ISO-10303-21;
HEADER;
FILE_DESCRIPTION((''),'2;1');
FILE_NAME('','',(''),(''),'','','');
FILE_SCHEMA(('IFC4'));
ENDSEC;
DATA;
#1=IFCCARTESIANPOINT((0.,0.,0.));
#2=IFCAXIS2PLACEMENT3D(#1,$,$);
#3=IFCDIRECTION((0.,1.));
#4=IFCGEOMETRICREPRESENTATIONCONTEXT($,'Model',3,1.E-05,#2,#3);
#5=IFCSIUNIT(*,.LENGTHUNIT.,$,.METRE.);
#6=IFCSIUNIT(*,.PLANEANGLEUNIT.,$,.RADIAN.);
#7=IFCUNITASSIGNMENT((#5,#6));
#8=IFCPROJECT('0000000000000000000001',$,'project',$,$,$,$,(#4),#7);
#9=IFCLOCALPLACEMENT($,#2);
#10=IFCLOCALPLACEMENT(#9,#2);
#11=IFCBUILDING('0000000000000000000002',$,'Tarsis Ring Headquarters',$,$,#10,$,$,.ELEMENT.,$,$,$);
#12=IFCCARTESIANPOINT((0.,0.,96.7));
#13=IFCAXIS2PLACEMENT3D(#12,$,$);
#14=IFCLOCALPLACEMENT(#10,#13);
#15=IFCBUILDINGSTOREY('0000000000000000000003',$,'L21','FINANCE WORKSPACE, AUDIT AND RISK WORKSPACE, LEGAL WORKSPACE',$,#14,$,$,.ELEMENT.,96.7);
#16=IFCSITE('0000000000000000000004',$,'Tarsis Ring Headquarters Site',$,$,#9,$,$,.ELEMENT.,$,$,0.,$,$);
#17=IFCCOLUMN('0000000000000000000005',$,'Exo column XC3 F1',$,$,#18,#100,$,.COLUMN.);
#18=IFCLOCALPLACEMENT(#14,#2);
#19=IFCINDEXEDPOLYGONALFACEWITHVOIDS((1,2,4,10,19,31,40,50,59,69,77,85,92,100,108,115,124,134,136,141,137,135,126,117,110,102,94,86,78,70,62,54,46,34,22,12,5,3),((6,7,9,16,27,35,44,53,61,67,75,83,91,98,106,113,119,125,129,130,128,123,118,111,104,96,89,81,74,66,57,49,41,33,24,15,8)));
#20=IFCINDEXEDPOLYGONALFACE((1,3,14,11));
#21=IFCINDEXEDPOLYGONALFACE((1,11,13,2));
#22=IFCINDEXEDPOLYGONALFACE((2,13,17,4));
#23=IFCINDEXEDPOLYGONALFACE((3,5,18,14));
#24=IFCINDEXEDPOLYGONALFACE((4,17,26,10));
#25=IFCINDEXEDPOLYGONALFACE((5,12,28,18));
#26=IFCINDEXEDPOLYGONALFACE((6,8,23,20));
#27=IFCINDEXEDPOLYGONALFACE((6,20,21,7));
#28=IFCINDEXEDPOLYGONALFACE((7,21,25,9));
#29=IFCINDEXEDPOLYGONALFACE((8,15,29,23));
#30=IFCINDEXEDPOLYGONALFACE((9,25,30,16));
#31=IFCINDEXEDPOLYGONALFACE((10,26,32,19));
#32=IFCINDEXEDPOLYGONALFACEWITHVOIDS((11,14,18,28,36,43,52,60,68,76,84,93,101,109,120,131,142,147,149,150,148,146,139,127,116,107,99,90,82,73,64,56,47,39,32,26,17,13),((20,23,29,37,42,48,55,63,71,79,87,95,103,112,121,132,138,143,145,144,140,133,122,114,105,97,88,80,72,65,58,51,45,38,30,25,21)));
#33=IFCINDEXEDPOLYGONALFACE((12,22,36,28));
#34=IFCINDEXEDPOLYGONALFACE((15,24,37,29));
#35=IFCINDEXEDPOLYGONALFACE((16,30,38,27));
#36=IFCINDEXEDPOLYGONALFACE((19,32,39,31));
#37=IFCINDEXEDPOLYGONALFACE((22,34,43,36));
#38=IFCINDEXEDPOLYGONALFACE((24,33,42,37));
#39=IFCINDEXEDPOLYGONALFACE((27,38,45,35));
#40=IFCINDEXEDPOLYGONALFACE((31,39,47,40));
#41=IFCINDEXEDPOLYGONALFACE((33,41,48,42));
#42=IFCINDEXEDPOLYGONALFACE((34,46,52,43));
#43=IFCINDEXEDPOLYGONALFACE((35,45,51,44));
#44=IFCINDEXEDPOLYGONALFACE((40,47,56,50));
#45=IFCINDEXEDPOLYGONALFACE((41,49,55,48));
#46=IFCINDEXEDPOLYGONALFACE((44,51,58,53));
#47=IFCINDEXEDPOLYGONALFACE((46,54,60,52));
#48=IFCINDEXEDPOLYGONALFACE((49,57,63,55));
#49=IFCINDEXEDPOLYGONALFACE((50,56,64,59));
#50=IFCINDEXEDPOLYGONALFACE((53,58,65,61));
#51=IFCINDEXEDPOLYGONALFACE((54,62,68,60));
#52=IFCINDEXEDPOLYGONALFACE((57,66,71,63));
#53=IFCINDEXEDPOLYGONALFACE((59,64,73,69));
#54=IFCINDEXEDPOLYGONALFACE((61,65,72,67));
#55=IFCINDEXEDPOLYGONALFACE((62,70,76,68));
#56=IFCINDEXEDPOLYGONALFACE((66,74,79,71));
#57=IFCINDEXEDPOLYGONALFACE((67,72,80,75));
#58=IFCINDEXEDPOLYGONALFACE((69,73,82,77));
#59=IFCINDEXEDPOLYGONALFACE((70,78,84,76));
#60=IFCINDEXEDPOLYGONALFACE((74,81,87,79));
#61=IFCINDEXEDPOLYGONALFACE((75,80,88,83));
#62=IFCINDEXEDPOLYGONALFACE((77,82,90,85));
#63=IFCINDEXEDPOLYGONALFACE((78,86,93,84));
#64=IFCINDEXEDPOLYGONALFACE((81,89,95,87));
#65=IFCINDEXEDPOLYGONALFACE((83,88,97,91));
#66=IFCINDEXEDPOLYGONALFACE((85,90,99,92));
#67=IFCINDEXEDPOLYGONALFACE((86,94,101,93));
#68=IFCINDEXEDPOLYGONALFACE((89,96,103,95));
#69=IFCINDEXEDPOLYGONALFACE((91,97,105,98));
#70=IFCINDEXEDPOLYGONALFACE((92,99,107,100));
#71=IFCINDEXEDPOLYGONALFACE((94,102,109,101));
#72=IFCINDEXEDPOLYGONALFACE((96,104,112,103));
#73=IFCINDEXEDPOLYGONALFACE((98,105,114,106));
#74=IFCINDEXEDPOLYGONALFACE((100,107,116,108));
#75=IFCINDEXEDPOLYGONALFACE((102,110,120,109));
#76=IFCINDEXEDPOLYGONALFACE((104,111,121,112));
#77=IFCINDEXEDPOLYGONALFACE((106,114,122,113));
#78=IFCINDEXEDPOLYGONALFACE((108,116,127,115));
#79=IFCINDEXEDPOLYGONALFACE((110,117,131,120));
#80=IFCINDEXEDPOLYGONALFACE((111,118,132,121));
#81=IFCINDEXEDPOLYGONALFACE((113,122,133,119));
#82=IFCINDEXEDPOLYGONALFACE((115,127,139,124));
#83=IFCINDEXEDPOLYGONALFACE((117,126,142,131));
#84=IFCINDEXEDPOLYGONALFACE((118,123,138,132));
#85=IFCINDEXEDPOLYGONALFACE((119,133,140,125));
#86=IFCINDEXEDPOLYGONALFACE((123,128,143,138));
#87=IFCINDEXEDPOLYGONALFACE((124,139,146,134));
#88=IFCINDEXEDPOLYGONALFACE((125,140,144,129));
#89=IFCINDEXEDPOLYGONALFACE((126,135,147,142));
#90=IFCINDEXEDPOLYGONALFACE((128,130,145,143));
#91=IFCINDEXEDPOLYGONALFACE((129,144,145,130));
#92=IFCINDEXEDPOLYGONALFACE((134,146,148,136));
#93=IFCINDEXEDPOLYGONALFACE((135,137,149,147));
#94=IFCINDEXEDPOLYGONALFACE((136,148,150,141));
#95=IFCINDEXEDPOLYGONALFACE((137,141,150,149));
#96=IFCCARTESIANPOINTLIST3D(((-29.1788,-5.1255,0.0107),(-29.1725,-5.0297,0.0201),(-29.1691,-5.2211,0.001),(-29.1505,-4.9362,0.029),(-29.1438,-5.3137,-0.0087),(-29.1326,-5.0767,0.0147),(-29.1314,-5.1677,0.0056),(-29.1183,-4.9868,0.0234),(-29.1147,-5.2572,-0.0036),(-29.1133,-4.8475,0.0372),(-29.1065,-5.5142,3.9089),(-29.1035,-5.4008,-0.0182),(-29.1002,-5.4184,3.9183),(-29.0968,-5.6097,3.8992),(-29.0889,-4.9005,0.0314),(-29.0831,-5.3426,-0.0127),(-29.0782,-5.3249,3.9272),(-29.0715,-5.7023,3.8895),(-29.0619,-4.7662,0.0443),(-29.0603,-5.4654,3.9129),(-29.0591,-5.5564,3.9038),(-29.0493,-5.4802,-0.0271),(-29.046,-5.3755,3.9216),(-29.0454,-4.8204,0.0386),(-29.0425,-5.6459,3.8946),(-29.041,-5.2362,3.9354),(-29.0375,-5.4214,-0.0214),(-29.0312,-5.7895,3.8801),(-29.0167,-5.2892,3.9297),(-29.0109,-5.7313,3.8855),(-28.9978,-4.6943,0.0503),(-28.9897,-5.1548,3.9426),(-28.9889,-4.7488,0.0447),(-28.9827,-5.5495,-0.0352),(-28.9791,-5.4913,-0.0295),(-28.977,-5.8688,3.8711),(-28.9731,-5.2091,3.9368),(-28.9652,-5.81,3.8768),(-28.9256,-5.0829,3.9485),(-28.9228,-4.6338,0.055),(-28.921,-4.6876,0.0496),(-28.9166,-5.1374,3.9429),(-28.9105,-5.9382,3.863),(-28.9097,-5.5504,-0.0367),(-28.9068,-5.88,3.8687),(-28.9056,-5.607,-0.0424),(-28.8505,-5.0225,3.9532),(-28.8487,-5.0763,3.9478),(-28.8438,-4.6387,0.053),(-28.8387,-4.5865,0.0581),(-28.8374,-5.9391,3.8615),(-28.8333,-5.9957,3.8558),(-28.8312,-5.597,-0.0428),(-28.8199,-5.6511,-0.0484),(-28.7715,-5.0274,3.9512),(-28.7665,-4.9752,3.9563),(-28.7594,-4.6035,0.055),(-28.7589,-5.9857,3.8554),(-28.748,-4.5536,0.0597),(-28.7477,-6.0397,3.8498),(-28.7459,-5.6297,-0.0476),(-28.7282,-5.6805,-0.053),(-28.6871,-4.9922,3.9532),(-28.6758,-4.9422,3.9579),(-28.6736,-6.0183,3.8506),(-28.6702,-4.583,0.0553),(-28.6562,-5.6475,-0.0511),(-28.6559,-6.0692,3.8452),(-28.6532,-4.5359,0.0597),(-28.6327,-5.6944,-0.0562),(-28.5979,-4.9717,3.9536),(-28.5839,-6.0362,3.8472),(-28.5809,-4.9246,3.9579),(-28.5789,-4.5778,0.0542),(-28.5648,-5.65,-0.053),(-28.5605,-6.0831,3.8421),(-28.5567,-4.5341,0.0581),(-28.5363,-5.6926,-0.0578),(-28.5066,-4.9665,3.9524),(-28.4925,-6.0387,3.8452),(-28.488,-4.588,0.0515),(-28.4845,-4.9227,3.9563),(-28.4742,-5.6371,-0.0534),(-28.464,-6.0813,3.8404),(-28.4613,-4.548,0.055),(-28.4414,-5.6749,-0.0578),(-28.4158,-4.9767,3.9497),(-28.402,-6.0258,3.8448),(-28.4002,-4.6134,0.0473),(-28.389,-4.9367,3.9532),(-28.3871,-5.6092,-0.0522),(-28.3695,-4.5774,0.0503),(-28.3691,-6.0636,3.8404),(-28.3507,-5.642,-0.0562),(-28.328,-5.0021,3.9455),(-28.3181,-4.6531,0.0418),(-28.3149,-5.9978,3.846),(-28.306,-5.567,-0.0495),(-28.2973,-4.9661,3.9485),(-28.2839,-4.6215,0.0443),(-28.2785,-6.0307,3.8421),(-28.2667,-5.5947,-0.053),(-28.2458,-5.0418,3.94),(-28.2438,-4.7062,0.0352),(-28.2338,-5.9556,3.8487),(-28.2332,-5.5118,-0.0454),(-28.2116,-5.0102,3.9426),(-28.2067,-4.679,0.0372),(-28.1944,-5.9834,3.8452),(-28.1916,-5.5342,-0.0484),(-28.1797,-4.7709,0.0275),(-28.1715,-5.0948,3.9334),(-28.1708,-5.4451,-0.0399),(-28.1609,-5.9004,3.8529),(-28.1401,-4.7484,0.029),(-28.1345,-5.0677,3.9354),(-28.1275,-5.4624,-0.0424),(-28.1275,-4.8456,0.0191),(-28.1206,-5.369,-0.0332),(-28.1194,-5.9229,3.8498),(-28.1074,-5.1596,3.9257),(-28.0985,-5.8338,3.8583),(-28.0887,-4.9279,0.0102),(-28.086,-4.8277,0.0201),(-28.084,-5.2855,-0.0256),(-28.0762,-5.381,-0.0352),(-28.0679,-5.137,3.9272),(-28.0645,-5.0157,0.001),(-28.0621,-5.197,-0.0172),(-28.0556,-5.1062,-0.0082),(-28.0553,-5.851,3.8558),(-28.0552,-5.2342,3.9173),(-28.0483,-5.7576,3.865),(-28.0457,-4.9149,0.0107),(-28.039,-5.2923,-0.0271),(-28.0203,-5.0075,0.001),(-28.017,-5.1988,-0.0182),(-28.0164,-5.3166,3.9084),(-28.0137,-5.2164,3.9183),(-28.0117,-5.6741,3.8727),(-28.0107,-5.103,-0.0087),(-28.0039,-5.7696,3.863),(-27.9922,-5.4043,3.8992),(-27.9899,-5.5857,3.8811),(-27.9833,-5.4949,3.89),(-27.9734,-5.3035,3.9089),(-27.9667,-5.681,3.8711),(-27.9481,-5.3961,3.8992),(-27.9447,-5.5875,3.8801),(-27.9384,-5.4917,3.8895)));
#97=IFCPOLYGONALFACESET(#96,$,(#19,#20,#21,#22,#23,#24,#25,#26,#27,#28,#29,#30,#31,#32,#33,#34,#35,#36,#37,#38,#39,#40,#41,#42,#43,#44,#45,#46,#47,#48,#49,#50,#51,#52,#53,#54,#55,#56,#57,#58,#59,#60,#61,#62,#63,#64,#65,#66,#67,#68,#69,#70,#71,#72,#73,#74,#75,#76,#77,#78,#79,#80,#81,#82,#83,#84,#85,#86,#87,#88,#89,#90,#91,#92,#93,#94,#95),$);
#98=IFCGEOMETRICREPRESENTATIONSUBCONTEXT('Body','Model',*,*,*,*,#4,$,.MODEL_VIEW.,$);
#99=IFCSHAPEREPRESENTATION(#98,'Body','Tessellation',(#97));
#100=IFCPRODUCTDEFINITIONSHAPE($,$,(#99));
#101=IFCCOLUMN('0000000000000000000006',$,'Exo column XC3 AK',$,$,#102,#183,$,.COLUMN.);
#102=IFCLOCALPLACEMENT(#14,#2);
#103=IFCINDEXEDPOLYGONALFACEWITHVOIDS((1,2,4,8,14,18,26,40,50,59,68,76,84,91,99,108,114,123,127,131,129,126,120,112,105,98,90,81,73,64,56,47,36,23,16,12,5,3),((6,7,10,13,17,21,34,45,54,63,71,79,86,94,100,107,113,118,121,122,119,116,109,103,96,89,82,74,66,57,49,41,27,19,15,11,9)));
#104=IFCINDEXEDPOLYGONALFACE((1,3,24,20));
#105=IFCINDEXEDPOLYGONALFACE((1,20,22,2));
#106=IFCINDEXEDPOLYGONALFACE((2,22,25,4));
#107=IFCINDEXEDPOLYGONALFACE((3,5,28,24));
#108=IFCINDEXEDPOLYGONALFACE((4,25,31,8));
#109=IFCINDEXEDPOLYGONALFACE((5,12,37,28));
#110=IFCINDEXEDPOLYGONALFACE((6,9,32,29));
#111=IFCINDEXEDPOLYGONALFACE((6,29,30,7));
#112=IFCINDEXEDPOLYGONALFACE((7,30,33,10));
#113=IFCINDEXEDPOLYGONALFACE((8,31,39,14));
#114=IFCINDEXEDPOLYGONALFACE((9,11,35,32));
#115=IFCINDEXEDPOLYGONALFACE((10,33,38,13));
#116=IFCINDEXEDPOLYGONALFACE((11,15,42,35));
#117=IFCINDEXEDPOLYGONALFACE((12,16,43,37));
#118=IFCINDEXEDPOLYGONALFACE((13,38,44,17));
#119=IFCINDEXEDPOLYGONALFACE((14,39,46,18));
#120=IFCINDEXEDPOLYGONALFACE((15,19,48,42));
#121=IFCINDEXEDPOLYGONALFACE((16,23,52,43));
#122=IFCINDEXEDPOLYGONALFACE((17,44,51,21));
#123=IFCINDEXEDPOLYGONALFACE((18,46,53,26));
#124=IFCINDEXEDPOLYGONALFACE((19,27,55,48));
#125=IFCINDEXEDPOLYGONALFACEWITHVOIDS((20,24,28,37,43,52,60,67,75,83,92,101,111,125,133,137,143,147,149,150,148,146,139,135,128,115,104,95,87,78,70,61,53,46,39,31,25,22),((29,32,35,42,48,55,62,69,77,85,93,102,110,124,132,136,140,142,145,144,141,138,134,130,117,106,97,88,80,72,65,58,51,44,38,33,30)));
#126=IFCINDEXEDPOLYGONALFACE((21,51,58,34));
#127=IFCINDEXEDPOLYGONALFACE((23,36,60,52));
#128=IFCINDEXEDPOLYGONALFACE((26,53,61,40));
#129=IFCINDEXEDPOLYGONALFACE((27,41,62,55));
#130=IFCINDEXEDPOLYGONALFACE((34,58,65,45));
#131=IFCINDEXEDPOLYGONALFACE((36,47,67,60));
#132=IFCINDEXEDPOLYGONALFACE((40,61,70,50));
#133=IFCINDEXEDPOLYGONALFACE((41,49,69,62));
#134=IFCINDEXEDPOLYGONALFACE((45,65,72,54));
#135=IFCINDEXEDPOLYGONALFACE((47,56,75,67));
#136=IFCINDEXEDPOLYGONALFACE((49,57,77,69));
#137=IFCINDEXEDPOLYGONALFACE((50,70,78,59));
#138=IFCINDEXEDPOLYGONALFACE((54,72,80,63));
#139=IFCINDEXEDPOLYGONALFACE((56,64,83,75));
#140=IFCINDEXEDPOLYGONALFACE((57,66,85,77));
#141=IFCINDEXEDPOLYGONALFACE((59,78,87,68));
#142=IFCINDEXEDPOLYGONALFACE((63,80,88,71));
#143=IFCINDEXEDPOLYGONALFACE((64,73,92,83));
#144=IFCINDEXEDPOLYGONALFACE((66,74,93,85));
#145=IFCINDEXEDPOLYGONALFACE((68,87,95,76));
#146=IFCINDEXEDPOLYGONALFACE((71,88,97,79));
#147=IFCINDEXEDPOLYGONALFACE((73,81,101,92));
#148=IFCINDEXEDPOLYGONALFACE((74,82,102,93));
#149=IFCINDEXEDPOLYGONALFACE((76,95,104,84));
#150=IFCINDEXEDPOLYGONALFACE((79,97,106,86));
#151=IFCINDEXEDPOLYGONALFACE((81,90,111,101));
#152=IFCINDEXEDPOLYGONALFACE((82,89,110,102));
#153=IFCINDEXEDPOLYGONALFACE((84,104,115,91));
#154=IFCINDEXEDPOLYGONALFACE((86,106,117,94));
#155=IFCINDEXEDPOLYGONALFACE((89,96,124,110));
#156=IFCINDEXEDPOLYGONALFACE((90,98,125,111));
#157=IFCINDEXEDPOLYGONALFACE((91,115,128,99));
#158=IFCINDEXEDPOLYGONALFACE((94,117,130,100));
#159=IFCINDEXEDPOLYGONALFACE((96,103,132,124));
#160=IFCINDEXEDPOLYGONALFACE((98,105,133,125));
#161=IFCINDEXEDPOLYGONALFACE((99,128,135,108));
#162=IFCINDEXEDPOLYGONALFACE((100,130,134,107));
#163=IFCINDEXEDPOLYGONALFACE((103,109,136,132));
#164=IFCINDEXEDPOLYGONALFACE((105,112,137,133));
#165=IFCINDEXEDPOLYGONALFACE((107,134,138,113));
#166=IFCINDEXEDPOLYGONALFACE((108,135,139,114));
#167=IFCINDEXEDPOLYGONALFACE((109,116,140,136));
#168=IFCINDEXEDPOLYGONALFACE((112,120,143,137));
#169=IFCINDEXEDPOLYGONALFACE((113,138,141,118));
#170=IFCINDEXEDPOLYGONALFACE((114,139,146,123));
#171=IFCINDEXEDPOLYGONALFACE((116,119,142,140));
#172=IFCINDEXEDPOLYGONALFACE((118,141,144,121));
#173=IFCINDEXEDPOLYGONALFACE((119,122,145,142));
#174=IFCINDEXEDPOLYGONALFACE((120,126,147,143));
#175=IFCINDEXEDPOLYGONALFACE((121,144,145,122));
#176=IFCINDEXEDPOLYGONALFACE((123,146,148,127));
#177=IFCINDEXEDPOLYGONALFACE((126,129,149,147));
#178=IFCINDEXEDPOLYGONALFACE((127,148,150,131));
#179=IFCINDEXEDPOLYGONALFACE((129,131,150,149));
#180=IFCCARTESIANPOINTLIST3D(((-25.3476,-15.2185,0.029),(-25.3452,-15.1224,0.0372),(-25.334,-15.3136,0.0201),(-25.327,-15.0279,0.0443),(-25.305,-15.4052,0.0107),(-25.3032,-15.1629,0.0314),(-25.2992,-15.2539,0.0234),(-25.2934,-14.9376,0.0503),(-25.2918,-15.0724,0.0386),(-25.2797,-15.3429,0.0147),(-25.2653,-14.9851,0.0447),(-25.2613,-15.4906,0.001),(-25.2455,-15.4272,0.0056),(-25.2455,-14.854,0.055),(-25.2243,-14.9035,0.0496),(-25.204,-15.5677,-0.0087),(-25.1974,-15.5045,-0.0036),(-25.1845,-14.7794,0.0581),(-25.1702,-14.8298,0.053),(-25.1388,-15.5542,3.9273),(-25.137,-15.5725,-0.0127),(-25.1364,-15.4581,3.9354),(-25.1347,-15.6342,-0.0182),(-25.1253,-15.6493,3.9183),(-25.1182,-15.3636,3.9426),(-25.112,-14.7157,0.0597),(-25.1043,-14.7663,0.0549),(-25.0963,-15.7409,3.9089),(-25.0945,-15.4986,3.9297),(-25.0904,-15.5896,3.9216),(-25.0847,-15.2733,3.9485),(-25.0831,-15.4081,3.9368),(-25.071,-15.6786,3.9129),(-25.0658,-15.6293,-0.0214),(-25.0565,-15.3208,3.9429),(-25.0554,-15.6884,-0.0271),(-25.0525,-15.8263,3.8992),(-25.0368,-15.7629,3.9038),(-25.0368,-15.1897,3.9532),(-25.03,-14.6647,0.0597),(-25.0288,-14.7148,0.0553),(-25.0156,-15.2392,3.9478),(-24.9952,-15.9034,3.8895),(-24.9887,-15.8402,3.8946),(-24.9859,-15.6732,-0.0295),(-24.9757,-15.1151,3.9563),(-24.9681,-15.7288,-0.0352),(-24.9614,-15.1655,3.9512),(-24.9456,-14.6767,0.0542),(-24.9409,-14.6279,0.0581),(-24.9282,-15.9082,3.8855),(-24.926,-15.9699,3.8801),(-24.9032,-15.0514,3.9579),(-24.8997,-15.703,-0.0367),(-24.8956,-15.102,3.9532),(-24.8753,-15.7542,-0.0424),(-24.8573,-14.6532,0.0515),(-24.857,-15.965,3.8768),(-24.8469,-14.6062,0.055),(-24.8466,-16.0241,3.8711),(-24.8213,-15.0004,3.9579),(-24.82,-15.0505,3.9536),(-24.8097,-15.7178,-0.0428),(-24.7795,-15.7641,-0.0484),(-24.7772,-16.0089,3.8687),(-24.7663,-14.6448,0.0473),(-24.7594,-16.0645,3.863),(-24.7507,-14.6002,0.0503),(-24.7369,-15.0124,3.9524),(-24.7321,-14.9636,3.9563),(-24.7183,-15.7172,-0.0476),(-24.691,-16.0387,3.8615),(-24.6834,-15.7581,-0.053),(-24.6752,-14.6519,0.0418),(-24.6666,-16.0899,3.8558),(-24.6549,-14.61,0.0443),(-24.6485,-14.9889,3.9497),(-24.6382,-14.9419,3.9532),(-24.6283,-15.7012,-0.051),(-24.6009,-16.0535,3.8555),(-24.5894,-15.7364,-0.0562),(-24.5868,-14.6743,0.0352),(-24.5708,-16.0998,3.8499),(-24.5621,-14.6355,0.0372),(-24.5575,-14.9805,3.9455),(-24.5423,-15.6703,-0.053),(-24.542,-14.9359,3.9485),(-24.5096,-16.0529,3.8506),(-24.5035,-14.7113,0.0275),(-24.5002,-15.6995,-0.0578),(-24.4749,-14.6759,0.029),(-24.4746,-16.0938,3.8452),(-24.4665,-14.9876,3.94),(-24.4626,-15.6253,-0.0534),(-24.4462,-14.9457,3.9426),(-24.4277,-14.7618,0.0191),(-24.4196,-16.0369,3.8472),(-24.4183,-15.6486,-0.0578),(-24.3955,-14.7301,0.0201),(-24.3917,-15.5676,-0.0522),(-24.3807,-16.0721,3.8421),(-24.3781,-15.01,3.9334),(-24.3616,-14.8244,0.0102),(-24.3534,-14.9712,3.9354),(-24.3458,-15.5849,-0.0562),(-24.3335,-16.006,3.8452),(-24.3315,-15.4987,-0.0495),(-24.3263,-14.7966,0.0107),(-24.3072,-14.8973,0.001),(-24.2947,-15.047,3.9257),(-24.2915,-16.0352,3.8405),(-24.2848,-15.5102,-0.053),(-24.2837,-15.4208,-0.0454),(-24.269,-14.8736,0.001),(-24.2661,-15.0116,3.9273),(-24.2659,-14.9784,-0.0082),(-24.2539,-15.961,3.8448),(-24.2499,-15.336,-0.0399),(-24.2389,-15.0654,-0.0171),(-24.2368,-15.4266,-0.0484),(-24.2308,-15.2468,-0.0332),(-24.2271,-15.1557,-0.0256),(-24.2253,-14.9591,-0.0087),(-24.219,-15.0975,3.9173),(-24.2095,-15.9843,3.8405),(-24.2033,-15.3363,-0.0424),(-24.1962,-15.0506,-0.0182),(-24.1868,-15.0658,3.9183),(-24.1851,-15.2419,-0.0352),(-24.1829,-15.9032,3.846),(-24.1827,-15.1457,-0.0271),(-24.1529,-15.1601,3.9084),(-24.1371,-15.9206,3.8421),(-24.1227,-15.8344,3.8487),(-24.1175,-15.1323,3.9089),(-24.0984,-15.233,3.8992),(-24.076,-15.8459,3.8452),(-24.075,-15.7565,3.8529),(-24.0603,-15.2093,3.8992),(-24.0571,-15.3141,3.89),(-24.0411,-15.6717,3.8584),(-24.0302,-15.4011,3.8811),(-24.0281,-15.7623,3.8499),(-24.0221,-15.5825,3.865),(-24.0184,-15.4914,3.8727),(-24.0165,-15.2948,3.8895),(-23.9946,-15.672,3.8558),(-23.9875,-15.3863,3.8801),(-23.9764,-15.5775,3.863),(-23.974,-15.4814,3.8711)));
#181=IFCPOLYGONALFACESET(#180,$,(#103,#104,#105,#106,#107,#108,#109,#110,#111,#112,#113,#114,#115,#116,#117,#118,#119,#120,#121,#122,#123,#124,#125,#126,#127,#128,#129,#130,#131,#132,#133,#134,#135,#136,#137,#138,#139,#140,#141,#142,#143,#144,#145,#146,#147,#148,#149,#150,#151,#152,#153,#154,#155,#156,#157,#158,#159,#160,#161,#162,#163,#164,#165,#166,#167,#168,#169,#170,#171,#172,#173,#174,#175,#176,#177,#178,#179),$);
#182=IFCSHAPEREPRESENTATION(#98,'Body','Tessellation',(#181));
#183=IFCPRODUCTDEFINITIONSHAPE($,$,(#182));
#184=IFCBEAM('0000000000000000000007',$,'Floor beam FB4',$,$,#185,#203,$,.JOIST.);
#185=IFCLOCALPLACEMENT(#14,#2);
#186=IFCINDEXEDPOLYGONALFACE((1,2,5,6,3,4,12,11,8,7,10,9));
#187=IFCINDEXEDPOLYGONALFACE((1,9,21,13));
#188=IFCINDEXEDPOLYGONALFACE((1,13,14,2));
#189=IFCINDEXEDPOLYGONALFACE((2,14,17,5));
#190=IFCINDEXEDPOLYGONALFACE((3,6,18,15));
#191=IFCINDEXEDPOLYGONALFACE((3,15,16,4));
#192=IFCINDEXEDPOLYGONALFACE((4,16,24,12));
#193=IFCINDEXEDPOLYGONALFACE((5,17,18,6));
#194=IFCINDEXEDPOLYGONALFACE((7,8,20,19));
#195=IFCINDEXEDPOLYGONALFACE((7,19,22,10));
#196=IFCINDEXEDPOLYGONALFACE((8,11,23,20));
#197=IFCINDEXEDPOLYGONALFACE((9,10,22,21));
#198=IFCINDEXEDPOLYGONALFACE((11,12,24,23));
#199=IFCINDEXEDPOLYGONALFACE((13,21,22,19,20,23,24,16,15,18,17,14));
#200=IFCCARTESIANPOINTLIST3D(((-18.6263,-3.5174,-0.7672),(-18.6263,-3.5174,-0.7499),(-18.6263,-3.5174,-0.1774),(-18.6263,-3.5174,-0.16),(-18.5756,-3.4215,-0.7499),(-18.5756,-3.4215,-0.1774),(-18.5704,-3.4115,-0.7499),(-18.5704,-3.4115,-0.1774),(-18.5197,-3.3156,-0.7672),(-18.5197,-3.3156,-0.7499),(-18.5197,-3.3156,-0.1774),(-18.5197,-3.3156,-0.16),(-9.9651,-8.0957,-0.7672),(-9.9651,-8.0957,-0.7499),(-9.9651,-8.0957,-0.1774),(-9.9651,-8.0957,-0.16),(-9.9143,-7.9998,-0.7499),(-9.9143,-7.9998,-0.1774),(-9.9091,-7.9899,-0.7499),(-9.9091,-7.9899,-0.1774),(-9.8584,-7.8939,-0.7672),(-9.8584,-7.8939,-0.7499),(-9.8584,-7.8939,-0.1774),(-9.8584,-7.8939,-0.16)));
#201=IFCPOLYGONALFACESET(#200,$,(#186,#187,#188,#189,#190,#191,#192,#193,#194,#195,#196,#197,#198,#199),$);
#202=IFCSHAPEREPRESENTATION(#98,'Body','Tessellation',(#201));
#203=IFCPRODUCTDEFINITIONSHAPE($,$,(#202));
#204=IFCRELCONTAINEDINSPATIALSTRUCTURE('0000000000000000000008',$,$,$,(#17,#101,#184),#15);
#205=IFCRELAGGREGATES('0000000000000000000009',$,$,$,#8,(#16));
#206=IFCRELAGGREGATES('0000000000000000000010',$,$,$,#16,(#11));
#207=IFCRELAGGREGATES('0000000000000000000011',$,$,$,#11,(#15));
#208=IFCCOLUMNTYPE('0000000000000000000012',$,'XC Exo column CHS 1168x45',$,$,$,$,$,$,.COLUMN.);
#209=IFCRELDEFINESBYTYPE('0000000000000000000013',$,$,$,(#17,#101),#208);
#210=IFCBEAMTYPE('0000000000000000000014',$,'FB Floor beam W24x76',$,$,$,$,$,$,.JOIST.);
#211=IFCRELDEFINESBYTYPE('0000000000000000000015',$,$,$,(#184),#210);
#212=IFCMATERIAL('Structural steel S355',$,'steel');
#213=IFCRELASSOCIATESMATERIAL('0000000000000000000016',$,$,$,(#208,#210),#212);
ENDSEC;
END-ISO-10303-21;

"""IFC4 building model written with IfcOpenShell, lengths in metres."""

from ifc_helpers import new_model, si_unit, direction, frame, origin, origin_2d, place, context, subcontext, project, spatial, hollow_circle, i_section, extrude, material, material_profile, profile_set, type_object, element, save


model = new_model("IFC4")

# Units and contexts
model_context = context("Model", 3, precision=1e-05, world=origin(), true_north=direction((0.0, 1.0)))
body_context = subcontext(model_context, "Body", "Model", "MODEL_VIEW")
ifc_project = project(units=[si_unit("LENGTHUNIT", "METRE"), si_unit("PLANEANGLEUNIT", "RADIAN")], contexts=[model_context])

# Site, building, storey
site_placement = place(None, origin())
site = spatial("IfcSite", under=ifc_project, at=site_placement, Name="Tarsis Ring Headquarters Site", CompositionType="ELEMENT", RefElevation=0.0)
building_placement = place(site_placement, origin())
building = spatial("IfcBuilding", under=site, at=building_placement, Name="Tarsis Ring Headquarters", CompositionType="ELEMENT")
storey_placement = place(building_placement, frame((0.0, 0.0, 96.7)))
storey = spatial("IfcBuildingStorey", under=building, at=storey_placement, Name="L21", Description="FINANCE WORKSPACE, AUDIT AND RISK WORKSPACE, LEGAL WORKSPACE", CompositionType="ELEMENT", Elevation=96.7)

# Columns
ifc_material_1 = material(Name="Structural steel S355", Category="steel")
ifc_material_profile_1 = material_profile(ifc_material_1, hollow_circle(Radius=0.5842, WallThickness=0.0449, at=origin_2d()), Name="CHS 1168x45")
ifc_profile_set_1 = profile_set([ifc_material_profile_1], Name="Structural steel S355")
column_type = type_object("IfcColumnType", Name="XC Exo column CHS 1168x45", PredefinedType="COLUMN", material=ifc_profile_set_1)
for number, where, z_axis, x_axis, name in (
    (1, (-28.5947, -5.1143, 0.001), (0.018444, -0.099197, 0.994897), (0.983151, 0.182797, 0.0), "Exo column XC3 F1"),
    (2, (-24.7651, -15.1821, 0.001), (0.053275, -0.085676, 0.994898), (0.84921, 0.528055, 0.0), "Exo column XC3 AK"),
):
    element("IfcColumn", number, at=place(storey_placement, frame(where, z_axis=z_axis, x_axis=x_axis)), inside=storey, type_object=column_type, Name=name, PredefinedType="COLUMN", context=body_context, shape_type="SweptSolid", body=[
        extrude(hollow_circle(Radius=0.5842, WallThickness=0.0449, at=origin_2d()), origin(), (0.0, 0.0, 1.0), 3.9182),
    ])

# Beam
ifc_material_profile_2 = material_profile(ifc_material_1, i_section(OverallWidth=0.2283, OverallDepth=0.6072, WebThickness=0.0112, FlangeThickness=0.0173, at=origin_2d()), Name="W24x76")
ifc_profile_set_2 = profile_set([ifc_material_profile_2], Name="Structural steel S355")
beam_type_1 = type_object("IfcBeamType", Name="FB Floor beam W24x76", PredefinedType="JOIST", material=ifc_profile_set_2)
beam_1_placement = place(storey_placement, frame((-18.573, -3.4165, -0.4636), z_axis=(0.884086, -0.467324, 0.0), x_axis=(0.467324, 0.884086, 0.0)))
element("IfcBeam", 3, at=beam_1_placement, inside=storey, type_object=beam_type_1, Name="Floor beam FB4", PredefinedType="JOIST", context=body_context, shape_type="SweptSolid", body=[
    extrude(i_section(OverallWidth=0.2283, OverallDepth=0.6072, WebThickness=0.0112, FlangeThickness=0.0173, at=origin_2d()), origin(), (0.0, 0.0, 1.0), 9.7969),
])

save(model, "model.ifc")
